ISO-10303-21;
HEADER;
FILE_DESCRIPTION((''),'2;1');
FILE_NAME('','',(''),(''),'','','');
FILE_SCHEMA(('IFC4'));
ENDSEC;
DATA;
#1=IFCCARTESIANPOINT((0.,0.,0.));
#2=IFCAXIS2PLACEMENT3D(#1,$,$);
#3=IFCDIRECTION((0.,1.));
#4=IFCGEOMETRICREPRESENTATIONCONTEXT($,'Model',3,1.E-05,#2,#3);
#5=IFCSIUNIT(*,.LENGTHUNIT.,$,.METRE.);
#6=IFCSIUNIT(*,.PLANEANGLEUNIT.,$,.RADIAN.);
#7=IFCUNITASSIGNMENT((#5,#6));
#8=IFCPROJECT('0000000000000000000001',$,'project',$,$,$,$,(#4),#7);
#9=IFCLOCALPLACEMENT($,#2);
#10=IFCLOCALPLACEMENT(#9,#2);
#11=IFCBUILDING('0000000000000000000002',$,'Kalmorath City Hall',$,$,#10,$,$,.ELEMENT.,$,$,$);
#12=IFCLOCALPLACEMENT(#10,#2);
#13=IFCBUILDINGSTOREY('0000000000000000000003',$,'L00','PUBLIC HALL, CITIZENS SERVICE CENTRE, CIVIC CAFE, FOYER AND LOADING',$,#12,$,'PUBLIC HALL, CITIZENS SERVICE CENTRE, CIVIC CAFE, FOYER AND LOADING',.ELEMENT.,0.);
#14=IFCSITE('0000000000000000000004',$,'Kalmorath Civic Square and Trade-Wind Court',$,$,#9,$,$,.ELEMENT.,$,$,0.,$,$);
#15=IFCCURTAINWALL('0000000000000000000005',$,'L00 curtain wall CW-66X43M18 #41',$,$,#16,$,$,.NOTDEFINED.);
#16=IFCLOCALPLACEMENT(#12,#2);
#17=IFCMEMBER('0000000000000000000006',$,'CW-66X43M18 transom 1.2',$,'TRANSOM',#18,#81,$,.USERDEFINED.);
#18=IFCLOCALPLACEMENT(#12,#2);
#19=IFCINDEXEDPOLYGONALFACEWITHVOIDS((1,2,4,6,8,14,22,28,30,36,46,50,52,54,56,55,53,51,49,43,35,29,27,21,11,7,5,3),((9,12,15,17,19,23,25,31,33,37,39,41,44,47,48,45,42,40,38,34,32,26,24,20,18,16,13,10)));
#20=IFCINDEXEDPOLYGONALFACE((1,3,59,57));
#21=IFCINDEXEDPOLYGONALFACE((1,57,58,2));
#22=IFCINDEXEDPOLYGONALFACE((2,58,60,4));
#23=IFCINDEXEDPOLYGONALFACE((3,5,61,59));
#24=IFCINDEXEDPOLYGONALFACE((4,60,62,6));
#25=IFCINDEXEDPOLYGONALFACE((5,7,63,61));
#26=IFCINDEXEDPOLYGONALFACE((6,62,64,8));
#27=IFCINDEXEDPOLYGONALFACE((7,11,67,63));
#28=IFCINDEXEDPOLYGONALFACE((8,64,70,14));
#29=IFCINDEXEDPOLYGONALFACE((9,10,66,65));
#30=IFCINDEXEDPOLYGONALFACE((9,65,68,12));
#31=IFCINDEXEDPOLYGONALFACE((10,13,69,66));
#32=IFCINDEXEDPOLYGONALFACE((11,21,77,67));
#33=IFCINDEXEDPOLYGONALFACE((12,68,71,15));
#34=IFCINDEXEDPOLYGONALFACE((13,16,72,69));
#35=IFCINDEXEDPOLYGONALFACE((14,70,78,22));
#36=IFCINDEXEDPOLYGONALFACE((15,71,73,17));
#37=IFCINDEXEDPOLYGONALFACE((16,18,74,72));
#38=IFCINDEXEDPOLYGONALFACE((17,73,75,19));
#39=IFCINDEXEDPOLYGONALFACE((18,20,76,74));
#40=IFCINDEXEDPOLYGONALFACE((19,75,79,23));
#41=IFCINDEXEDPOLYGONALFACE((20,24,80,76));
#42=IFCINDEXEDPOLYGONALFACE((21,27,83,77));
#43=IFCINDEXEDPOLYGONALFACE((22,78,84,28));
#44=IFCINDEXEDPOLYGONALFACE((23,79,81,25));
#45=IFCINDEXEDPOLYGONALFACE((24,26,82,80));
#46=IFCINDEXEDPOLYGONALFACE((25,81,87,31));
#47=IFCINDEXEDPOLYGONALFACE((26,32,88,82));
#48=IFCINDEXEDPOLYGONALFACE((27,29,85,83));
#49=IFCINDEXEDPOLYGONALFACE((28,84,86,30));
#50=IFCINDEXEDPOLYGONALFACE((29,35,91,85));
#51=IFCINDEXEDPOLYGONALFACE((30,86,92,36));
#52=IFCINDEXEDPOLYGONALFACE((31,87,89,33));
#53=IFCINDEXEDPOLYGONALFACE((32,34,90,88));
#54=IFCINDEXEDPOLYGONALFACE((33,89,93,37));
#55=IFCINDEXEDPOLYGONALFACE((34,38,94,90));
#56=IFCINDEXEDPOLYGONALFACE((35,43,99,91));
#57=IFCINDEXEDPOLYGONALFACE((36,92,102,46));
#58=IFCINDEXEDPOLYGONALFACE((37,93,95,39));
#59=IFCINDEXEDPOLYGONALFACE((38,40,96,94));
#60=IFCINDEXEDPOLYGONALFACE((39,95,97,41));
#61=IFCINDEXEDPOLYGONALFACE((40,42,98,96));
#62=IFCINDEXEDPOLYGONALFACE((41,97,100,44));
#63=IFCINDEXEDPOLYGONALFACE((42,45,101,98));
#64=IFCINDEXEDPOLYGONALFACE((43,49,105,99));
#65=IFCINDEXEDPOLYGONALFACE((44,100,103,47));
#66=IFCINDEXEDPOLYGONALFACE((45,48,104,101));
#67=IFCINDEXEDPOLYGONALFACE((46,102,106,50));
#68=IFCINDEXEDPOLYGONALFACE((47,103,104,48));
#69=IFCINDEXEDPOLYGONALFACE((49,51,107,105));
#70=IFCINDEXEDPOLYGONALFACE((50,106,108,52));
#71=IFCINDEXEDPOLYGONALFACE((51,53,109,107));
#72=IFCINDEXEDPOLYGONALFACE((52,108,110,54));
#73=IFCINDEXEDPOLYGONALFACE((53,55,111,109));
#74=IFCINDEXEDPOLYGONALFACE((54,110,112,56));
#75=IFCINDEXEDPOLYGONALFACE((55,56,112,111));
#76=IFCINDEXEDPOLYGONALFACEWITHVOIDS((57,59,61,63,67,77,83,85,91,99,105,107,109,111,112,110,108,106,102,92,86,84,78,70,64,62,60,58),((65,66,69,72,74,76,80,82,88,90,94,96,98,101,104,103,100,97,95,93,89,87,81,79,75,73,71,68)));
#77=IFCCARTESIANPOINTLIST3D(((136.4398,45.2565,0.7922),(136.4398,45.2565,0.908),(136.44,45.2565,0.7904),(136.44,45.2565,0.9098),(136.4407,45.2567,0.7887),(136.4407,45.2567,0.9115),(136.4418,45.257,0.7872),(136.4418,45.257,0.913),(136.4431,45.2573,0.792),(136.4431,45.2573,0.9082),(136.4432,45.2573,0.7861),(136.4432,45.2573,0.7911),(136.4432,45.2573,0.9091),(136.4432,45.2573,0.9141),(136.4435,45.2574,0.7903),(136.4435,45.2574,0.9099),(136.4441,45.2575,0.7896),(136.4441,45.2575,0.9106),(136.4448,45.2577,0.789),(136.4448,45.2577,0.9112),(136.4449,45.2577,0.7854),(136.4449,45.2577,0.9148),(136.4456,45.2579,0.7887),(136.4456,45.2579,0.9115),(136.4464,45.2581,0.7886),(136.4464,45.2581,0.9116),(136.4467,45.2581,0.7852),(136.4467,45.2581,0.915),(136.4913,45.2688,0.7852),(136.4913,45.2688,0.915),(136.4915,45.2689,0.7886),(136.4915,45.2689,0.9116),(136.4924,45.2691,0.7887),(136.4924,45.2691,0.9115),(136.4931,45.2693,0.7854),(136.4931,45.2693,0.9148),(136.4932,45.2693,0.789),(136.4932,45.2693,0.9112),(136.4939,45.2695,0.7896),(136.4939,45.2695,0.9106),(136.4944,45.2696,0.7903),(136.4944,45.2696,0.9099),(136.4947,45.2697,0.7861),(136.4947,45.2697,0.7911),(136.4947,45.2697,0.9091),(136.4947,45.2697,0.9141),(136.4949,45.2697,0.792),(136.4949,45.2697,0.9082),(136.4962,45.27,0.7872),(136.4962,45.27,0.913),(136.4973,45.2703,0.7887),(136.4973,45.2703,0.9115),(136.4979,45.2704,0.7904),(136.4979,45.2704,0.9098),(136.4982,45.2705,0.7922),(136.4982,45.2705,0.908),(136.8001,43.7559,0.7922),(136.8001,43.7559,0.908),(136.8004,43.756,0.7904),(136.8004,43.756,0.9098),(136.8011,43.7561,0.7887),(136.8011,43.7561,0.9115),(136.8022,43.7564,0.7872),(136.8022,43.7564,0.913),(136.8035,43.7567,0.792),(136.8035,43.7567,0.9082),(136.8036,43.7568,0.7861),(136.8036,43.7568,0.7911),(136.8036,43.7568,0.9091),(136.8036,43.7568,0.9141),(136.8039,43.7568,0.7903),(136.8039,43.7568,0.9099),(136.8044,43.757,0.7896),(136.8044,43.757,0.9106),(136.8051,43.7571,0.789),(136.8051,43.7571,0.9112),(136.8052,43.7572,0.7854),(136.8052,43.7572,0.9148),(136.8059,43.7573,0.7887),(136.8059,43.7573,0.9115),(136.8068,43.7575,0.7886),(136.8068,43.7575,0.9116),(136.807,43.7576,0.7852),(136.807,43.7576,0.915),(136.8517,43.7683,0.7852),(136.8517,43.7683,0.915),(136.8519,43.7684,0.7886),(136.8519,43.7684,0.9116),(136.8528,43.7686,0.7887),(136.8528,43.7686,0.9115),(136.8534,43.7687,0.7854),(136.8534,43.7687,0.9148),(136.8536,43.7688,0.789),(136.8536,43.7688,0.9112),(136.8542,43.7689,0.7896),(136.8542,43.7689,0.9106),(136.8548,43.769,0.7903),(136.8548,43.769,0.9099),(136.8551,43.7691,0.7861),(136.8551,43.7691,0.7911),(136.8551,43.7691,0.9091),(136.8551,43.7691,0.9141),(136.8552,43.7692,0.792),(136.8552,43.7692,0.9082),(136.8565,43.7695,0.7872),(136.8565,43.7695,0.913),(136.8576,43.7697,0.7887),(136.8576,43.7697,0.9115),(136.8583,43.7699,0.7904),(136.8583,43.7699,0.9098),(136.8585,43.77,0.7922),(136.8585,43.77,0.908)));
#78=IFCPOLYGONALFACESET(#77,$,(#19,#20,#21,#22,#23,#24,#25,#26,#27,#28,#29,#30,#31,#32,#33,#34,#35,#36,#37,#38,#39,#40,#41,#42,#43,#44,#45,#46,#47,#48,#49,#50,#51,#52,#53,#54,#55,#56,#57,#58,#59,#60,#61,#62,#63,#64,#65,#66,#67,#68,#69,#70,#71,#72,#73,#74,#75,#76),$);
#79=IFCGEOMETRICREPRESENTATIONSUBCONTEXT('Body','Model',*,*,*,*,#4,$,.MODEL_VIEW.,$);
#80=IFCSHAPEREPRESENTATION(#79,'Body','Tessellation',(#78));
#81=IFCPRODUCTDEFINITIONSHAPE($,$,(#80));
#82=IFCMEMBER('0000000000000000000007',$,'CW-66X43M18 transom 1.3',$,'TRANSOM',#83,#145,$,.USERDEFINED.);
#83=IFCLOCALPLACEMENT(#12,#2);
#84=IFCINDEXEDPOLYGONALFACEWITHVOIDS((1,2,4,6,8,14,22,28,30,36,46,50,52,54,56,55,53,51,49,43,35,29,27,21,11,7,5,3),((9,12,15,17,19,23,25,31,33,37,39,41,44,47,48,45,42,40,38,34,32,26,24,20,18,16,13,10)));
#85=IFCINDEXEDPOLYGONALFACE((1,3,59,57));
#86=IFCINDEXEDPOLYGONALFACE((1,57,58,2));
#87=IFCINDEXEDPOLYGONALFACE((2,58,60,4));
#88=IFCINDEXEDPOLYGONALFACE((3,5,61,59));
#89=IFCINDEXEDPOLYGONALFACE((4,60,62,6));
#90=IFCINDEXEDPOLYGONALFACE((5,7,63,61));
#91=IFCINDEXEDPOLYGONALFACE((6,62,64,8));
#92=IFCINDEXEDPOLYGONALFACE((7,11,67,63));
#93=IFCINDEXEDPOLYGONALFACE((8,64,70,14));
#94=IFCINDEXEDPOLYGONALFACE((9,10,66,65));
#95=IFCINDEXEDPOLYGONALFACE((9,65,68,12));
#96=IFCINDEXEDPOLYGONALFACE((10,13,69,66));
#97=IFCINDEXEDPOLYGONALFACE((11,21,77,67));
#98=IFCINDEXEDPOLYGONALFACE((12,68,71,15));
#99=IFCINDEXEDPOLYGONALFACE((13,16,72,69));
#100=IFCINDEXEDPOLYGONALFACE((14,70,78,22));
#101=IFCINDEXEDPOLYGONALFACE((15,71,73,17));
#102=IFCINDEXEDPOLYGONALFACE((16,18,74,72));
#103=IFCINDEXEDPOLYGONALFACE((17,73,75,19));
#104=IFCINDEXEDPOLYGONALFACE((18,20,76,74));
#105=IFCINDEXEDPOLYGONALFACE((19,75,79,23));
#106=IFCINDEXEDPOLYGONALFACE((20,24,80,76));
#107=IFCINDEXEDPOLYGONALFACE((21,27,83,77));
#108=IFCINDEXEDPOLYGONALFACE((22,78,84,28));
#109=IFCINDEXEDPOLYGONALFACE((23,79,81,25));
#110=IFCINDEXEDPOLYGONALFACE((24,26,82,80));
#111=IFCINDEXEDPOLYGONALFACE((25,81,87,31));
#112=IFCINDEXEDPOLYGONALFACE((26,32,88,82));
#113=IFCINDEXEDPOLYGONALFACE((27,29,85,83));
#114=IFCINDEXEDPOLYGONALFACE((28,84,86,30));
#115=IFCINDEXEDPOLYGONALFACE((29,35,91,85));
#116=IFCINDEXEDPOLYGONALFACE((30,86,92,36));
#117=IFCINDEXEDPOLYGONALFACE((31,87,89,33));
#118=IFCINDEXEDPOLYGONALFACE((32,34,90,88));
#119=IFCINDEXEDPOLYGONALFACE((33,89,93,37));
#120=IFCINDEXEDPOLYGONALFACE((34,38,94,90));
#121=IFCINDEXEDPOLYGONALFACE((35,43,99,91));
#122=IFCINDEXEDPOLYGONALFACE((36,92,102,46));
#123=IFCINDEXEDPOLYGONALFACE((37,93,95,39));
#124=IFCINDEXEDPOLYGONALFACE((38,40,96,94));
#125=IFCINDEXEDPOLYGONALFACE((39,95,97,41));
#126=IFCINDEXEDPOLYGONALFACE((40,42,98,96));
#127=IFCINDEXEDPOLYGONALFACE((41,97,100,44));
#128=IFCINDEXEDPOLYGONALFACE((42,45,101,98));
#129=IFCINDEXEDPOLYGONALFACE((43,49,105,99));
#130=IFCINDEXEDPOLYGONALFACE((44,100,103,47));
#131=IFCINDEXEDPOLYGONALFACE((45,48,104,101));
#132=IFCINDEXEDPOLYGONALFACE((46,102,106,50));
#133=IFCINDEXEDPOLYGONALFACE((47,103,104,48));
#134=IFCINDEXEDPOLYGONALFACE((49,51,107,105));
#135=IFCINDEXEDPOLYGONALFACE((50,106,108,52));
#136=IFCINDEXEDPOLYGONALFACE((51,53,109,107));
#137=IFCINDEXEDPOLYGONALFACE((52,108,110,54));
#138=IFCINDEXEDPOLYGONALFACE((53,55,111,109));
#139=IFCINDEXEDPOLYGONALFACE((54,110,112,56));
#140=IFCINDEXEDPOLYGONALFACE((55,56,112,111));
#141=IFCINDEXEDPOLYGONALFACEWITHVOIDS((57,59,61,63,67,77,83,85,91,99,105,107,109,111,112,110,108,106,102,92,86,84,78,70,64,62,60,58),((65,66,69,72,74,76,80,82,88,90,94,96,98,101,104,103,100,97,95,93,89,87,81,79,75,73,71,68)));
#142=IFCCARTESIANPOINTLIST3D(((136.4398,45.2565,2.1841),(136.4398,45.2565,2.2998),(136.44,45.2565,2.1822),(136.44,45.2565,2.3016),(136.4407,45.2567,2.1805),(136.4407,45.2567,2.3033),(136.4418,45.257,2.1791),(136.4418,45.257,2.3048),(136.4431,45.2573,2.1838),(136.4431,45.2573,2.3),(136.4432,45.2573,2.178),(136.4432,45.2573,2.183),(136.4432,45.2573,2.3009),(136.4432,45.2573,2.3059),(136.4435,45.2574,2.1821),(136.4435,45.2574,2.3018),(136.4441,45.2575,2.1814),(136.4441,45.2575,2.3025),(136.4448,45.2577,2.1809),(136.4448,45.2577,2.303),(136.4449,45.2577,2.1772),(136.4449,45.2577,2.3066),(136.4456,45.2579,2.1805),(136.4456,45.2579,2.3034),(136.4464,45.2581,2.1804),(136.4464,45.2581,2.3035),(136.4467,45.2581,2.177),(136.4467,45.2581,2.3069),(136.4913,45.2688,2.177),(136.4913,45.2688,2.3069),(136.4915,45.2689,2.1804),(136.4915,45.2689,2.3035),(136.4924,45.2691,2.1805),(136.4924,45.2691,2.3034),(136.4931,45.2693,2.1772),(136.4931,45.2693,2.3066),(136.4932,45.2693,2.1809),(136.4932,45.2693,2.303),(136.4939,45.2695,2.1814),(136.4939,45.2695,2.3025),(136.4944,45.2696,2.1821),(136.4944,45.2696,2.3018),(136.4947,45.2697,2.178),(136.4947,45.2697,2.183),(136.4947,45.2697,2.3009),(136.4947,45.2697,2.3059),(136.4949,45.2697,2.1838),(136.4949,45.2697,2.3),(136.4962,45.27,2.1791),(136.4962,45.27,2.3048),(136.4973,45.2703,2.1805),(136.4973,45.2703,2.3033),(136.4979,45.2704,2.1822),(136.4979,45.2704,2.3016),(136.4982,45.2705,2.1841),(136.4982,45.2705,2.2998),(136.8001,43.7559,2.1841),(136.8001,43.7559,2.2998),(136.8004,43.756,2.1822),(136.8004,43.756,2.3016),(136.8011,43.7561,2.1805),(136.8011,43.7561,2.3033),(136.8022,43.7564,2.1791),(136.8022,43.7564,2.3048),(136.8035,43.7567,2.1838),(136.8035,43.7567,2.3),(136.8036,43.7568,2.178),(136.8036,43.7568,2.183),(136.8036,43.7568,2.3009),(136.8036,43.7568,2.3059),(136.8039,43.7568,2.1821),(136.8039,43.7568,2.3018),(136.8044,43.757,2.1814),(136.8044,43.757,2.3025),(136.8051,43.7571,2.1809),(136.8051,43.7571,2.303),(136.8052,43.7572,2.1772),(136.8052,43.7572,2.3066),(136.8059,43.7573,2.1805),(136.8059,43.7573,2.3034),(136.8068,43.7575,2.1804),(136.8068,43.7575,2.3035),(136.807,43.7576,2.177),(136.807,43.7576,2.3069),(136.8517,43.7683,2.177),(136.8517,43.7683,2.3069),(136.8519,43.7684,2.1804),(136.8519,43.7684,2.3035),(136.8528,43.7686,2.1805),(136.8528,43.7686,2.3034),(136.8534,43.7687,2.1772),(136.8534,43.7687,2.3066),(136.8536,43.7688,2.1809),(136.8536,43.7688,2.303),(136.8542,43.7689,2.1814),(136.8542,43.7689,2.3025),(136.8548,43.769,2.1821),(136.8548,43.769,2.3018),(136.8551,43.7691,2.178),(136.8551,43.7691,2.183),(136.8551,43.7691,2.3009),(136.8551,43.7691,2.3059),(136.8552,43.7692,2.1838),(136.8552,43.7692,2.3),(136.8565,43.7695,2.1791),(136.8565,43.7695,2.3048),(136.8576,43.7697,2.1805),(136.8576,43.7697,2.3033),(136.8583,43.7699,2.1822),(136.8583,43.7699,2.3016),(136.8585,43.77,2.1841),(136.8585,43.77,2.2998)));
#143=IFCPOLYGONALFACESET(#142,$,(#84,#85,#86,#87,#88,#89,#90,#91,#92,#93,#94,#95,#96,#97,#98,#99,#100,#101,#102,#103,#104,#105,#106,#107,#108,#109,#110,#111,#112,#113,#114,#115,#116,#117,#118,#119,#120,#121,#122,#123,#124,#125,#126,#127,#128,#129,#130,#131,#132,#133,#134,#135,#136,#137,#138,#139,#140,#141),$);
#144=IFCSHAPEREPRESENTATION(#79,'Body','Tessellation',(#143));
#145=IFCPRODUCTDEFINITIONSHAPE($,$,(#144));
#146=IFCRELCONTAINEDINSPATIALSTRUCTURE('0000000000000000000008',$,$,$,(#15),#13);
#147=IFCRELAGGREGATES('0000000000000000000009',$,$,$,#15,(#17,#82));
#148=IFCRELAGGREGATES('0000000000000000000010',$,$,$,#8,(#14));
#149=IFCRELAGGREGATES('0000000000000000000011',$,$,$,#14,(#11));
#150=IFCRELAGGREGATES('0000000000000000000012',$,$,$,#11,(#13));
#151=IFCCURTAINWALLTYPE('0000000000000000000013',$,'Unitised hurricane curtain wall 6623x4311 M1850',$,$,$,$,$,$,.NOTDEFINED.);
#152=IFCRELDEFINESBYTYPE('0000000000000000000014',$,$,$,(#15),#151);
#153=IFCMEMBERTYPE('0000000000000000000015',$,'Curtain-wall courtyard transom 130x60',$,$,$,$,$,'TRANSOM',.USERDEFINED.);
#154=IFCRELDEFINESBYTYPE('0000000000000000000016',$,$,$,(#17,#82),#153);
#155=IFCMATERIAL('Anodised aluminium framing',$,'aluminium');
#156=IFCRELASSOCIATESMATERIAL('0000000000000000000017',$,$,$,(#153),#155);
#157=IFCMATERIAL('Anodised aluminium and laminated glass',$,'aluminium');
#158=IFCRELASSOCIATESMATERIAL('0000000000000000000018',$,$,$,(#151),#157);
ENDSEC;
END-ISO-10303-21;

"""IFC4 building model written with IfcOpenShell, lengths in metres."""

from ifc_helpers import new_model, si_unit, direction, frame, origin, origin_2d, place, context, subcontext, project, spatial, hollow_rectangle, extrude, material, material_profile, profile_set, type_object, element, aggregate, save


model = new_model("IFC4")

# Units and contexts
model_context = context("Model", 3, precision=1e-05, world=origin(), true_north=direction((0.0, 1.0)))
body_context = subcontext(model_context, "Body", "Model", "MODEL_VIEW")
ifc_project = project(units=[si_unit("LENGTHUNIT", "METRE"), si_unit("PLANEANGLEUNIT", "RADIAN")], contexts=[model_context])

# Site, building, storey
site_placement = place(None, origin())
site = spatial("IfcSite", under=ifc_project, at=site_placement, Name="Kalmorath Civic Square and Trade-Wind Court", CompositionType="ELEMENT", RefElevation=0.0)
building_placement = place(site_placement, origin())
building = spatial("IfcBuilding", under=site, at=building_placement, Name="Kalmorath City Hall", CompositionType="ELEMENT")
storey_placement = place(building_placement, origin())
storey = spatial("IfcBuildingStorey", under=building, at=storey_placement, Name="L00", Description="PUBLIC HALL, CITIZENS SERVICE CENTRE, CIVIC CAFE, FOYER AND LOADING", LongName="PUBLIC HALL, CITIZENS SERVICE CENTRE, CIVIC CAFE, FOYER AND LOADING", CompositionType="ELEMENT", Elevation=0.0)

# Curtain wall, members
ifc_material_1 = material(Name="Anodised aluminium framing", Category="aluminium")
ifc_material_profile_1 = material_profile(ifc_material_1, hollow_rectangle(XDim=0.0601, YDim=0.1299, WallThickness=0.0034, InnerFilletRadius=0.0034, OuterFilletRadius=0.0071, at=origin_2d()), Name="ALU-TRN-130X60X3.5")
ifc_profile_set_1 = profile_set([ifc_material_profile_1], Name="Anodised aluminium framing")
member_type_1 = type_object("IfcMemberType", Name="Curtain-wall courtyard transom 130x60", ElementType="TRANSOM", PredefinedType="USERDEFINED", material=ifc_profile_set_1)
ifc_material_2 = material(Name="Anodised aluminium and laminated glass", Category="aluminium")
curtain_wall_type_1 = type_object("IfcCurtainWallType", Name="Unitised hurricane curtain wall 6623x4311 M1850", PredefinedType="NOTDEFINED", material=ifc_material_2)
curtain_wall_1_placement = place(storey_placement, origin())
curtain_wall_1 = element("IfcCurtainWall", 1, at=curtain_wall_1_placement, inside=storey, type_object=curtain_wall_type_1, Name="L00 curtain wall CW-66X43M18 #41", PredefinedType="NOTDEFINED")
member_1_placement = place(storey_placement, frame((136.8293, 43.7629, 0.8501), z_axis=(-0.233517, 0.972353, 0.0), x_axis=(-0.972353, -0.233517, 0.0)))
member_1 = element("IfcMember", 2, at=member_1_placement, type_object=member_type_1, Name="CW-66X43M18 transom 1.2", ObjectType="TRANSOM", PredefinedType="USERDEFINED", context=body_context, shape_type="SweptSolid", body=[
    extrude(hollow_rectangle(XDim=0.0601, YDim=0.1299, WallThickness=0.0034, InnerFilletRadius=0.0034, OuterFilletRadius=0.0071, at=origin_2d()), origin(), (0.0, 0.0, 1.0), 1.5432),
])
member_2_placement = place(storey_placement, frame((136.8293, 43.7629, 2.2419), z_axis=(-0.233517, 0.972353, 0.0), x_axis=(-0.972353, -0.233517, 0.0)))
member_2 = element("IfcMember", 3, at=member_2_placement, type_object=member_type_1, Name="CW-66X43M18 transom 1.3", ObjectType="TRANSOM", PredefinedType="USERDEFINED", context=body_context, shape_type="SweptSolid", body=[
    extrude(hollow_rectangle(XDim=0.0601, YDim=0.1299, WallThickness=0.0034, InnerFilletRadius=0.0034, OuterFilletRadius=0.0071, at=origin_2d()), origin(), (0.0, 0.0, 1.0), 1.5432),
])

aggregate(curtain_wall_1, [member_1, member_2])

save(model, "model.ifc")
